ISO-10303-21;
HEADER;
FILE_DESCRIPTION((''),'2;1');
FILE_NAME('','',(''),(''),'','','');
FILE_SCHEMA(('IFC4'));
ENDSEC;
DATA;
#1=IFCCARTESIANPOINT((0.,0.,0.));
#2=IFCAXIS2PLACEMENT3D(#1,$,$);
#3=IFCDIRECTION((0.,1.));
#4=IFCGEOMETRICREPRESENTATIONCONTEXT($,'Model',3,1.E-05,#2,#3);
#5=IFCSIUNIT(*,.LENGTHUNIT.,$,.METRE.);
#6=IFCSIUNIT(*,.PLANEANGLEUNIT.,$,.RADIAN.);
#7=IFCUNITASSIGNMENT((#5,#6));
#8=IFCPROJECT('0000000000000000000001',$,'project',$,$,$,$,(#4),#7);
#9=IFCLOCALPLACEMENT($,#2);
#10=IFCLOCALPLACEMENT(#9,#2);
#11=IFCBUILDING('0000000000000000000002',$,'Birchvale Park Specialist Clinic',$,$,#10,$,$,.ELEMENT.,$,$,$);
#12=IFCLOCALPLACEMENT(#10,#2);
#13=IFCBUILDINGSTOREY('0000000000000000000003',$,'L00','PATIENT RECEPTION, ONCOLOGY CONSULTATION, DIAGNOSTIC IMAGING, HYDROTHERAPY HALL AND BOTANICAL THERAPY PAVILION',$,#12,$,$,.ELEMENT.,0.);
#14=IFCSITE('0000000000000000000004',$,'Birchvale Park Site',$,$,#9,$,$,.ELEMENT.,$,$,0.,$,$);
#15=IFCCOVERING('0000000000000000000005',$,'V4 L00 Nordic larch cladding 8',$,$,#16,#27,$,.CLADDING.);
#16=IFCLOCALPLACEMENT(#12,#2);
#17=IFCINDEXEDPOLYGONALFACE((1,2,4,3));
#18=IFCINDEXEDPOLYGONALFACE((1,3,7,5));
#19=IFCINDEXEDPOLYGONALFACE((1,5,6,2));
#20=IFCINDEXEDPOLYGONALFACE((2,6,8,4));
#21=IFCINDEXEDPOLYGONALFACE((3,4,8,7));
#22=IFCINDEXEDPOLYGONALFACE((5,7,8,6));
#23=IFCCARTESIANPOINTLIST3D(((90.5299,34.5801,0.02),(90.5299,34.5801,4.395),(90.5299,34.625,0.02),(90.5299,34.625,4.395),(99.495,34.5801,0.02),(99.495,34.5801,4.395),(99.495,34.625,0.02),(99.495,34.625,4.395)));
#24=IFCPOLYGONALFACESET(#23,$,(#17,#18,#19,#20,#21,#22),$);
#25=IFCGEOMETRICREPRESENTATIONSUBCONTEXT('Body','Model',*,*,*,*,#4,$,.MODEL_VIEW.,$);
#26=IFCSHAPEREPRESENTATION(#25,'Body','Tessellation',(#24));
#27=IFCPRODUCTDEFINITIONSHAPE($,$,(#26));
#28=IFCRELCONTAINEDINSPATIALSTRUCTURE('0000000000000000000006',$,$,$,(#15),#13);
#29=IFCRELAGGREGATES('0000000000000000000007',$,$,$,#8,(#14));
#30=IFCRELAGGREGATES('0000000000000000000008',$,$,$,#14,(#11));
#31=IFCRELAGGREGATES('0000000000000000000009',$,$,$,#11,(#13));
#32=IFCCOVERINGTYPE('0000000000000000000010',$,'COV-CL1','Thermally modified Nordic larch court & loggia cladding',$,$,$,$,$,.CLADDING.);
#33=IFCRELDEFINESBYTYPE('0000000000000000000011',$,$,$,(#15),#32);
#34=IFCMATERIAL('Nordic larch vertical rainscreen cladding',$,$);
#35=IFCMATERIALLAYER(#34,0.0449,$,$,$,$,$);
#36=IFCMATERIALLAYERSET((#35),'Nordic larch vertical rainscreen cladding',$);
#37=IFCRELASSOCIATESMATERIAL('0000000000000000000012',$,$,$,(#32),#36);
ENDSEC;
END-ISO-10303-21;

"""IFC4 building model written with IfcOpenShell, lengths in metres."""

from ifc_helpers import new_model, si_unit, direction, frame, origin, origin_2d, place, context, subcontext, project, spatial, rectangle, extrude, material, layer, layer_set, type_object, element, save


model = new_model("IFC4")

# Units and contexts
model_context = context("Model", 3, precision=1e-05, world=origin(), true_north=direction((0.0, 1.0)))
body_context = subcontext(model_context, "Body", "Model", "MODEL_VIEW")
ifc_project = project(units=[si_unit("LENGTHUNIT", "METRE"), si_unit("PLANEANGLEUNIT", "RADIAN")], contexts=[model_context])

# Site, building, storey
site_placement = place(None, origin())
site = spatial("IfcSite", under=ifc_project, at=site_placement, Name="Birchvale Park Site", CompositionType="ELEMENT", RefElevation=0.0)
building_placement = place(site_placement, origin())
building = spatial("IfcBuilding", under=site, at=building_placement, Name="Birchvale Park Specialist Clinic", CompositionType="ELEMENT")
storey_placement = place(building_placement, origin())
storey = spatial("IfcBuildingStorey", under=building, at=storey_placement, Name="L00", Description="PATIENT RECEPTION, ONCOLOGY CONSULTATION, DIAGNOSTIC IMAGING, HYDROTHERAPY HALL AND BOTANICAL THERAPY PAVILION", CompositionType="ELEMENT", Elevation=0.0)

# Covering
ifc_material_1 = material(Name="Nordic larch vertical rainscreen cladding")
ifc_layer_1 = layer(ifc_material_1, 0.0449)
ifc_layer_set_1 = layer_set([ifc_layer_1], Name="Nordic larch vertical rainscreen cladding")
covering_type = type_object("IfcCoveringType", Name="COV-CL1", Description="Thermally modified Nordic larch court & loggia cladding", PredefinedType="CLADDING", material=ifc_layer_set_1)
covering_placement = place(storey_placement, frame((95.0125, 34.6025, 0.02), z_axis=(0.0, 0.0, 1.0), x_axis=(-1.0, 0.0, 0.0)))
element("IfcCovering", 1, at=covering_placement, inside=storey, type_object=covering_type, Name="V4 L00 Nordic larch cladding 8", PredefinedType="CLADDING", context=body_context, shape_type="SweptSolid", body=[
    extrude(rectangle(XDim=8.9651, YDim=0.0449, at=origin_2d()), origin(), (0.0, 0.0, 1.0), 4.375),
])

save(model, "model.ifc")
